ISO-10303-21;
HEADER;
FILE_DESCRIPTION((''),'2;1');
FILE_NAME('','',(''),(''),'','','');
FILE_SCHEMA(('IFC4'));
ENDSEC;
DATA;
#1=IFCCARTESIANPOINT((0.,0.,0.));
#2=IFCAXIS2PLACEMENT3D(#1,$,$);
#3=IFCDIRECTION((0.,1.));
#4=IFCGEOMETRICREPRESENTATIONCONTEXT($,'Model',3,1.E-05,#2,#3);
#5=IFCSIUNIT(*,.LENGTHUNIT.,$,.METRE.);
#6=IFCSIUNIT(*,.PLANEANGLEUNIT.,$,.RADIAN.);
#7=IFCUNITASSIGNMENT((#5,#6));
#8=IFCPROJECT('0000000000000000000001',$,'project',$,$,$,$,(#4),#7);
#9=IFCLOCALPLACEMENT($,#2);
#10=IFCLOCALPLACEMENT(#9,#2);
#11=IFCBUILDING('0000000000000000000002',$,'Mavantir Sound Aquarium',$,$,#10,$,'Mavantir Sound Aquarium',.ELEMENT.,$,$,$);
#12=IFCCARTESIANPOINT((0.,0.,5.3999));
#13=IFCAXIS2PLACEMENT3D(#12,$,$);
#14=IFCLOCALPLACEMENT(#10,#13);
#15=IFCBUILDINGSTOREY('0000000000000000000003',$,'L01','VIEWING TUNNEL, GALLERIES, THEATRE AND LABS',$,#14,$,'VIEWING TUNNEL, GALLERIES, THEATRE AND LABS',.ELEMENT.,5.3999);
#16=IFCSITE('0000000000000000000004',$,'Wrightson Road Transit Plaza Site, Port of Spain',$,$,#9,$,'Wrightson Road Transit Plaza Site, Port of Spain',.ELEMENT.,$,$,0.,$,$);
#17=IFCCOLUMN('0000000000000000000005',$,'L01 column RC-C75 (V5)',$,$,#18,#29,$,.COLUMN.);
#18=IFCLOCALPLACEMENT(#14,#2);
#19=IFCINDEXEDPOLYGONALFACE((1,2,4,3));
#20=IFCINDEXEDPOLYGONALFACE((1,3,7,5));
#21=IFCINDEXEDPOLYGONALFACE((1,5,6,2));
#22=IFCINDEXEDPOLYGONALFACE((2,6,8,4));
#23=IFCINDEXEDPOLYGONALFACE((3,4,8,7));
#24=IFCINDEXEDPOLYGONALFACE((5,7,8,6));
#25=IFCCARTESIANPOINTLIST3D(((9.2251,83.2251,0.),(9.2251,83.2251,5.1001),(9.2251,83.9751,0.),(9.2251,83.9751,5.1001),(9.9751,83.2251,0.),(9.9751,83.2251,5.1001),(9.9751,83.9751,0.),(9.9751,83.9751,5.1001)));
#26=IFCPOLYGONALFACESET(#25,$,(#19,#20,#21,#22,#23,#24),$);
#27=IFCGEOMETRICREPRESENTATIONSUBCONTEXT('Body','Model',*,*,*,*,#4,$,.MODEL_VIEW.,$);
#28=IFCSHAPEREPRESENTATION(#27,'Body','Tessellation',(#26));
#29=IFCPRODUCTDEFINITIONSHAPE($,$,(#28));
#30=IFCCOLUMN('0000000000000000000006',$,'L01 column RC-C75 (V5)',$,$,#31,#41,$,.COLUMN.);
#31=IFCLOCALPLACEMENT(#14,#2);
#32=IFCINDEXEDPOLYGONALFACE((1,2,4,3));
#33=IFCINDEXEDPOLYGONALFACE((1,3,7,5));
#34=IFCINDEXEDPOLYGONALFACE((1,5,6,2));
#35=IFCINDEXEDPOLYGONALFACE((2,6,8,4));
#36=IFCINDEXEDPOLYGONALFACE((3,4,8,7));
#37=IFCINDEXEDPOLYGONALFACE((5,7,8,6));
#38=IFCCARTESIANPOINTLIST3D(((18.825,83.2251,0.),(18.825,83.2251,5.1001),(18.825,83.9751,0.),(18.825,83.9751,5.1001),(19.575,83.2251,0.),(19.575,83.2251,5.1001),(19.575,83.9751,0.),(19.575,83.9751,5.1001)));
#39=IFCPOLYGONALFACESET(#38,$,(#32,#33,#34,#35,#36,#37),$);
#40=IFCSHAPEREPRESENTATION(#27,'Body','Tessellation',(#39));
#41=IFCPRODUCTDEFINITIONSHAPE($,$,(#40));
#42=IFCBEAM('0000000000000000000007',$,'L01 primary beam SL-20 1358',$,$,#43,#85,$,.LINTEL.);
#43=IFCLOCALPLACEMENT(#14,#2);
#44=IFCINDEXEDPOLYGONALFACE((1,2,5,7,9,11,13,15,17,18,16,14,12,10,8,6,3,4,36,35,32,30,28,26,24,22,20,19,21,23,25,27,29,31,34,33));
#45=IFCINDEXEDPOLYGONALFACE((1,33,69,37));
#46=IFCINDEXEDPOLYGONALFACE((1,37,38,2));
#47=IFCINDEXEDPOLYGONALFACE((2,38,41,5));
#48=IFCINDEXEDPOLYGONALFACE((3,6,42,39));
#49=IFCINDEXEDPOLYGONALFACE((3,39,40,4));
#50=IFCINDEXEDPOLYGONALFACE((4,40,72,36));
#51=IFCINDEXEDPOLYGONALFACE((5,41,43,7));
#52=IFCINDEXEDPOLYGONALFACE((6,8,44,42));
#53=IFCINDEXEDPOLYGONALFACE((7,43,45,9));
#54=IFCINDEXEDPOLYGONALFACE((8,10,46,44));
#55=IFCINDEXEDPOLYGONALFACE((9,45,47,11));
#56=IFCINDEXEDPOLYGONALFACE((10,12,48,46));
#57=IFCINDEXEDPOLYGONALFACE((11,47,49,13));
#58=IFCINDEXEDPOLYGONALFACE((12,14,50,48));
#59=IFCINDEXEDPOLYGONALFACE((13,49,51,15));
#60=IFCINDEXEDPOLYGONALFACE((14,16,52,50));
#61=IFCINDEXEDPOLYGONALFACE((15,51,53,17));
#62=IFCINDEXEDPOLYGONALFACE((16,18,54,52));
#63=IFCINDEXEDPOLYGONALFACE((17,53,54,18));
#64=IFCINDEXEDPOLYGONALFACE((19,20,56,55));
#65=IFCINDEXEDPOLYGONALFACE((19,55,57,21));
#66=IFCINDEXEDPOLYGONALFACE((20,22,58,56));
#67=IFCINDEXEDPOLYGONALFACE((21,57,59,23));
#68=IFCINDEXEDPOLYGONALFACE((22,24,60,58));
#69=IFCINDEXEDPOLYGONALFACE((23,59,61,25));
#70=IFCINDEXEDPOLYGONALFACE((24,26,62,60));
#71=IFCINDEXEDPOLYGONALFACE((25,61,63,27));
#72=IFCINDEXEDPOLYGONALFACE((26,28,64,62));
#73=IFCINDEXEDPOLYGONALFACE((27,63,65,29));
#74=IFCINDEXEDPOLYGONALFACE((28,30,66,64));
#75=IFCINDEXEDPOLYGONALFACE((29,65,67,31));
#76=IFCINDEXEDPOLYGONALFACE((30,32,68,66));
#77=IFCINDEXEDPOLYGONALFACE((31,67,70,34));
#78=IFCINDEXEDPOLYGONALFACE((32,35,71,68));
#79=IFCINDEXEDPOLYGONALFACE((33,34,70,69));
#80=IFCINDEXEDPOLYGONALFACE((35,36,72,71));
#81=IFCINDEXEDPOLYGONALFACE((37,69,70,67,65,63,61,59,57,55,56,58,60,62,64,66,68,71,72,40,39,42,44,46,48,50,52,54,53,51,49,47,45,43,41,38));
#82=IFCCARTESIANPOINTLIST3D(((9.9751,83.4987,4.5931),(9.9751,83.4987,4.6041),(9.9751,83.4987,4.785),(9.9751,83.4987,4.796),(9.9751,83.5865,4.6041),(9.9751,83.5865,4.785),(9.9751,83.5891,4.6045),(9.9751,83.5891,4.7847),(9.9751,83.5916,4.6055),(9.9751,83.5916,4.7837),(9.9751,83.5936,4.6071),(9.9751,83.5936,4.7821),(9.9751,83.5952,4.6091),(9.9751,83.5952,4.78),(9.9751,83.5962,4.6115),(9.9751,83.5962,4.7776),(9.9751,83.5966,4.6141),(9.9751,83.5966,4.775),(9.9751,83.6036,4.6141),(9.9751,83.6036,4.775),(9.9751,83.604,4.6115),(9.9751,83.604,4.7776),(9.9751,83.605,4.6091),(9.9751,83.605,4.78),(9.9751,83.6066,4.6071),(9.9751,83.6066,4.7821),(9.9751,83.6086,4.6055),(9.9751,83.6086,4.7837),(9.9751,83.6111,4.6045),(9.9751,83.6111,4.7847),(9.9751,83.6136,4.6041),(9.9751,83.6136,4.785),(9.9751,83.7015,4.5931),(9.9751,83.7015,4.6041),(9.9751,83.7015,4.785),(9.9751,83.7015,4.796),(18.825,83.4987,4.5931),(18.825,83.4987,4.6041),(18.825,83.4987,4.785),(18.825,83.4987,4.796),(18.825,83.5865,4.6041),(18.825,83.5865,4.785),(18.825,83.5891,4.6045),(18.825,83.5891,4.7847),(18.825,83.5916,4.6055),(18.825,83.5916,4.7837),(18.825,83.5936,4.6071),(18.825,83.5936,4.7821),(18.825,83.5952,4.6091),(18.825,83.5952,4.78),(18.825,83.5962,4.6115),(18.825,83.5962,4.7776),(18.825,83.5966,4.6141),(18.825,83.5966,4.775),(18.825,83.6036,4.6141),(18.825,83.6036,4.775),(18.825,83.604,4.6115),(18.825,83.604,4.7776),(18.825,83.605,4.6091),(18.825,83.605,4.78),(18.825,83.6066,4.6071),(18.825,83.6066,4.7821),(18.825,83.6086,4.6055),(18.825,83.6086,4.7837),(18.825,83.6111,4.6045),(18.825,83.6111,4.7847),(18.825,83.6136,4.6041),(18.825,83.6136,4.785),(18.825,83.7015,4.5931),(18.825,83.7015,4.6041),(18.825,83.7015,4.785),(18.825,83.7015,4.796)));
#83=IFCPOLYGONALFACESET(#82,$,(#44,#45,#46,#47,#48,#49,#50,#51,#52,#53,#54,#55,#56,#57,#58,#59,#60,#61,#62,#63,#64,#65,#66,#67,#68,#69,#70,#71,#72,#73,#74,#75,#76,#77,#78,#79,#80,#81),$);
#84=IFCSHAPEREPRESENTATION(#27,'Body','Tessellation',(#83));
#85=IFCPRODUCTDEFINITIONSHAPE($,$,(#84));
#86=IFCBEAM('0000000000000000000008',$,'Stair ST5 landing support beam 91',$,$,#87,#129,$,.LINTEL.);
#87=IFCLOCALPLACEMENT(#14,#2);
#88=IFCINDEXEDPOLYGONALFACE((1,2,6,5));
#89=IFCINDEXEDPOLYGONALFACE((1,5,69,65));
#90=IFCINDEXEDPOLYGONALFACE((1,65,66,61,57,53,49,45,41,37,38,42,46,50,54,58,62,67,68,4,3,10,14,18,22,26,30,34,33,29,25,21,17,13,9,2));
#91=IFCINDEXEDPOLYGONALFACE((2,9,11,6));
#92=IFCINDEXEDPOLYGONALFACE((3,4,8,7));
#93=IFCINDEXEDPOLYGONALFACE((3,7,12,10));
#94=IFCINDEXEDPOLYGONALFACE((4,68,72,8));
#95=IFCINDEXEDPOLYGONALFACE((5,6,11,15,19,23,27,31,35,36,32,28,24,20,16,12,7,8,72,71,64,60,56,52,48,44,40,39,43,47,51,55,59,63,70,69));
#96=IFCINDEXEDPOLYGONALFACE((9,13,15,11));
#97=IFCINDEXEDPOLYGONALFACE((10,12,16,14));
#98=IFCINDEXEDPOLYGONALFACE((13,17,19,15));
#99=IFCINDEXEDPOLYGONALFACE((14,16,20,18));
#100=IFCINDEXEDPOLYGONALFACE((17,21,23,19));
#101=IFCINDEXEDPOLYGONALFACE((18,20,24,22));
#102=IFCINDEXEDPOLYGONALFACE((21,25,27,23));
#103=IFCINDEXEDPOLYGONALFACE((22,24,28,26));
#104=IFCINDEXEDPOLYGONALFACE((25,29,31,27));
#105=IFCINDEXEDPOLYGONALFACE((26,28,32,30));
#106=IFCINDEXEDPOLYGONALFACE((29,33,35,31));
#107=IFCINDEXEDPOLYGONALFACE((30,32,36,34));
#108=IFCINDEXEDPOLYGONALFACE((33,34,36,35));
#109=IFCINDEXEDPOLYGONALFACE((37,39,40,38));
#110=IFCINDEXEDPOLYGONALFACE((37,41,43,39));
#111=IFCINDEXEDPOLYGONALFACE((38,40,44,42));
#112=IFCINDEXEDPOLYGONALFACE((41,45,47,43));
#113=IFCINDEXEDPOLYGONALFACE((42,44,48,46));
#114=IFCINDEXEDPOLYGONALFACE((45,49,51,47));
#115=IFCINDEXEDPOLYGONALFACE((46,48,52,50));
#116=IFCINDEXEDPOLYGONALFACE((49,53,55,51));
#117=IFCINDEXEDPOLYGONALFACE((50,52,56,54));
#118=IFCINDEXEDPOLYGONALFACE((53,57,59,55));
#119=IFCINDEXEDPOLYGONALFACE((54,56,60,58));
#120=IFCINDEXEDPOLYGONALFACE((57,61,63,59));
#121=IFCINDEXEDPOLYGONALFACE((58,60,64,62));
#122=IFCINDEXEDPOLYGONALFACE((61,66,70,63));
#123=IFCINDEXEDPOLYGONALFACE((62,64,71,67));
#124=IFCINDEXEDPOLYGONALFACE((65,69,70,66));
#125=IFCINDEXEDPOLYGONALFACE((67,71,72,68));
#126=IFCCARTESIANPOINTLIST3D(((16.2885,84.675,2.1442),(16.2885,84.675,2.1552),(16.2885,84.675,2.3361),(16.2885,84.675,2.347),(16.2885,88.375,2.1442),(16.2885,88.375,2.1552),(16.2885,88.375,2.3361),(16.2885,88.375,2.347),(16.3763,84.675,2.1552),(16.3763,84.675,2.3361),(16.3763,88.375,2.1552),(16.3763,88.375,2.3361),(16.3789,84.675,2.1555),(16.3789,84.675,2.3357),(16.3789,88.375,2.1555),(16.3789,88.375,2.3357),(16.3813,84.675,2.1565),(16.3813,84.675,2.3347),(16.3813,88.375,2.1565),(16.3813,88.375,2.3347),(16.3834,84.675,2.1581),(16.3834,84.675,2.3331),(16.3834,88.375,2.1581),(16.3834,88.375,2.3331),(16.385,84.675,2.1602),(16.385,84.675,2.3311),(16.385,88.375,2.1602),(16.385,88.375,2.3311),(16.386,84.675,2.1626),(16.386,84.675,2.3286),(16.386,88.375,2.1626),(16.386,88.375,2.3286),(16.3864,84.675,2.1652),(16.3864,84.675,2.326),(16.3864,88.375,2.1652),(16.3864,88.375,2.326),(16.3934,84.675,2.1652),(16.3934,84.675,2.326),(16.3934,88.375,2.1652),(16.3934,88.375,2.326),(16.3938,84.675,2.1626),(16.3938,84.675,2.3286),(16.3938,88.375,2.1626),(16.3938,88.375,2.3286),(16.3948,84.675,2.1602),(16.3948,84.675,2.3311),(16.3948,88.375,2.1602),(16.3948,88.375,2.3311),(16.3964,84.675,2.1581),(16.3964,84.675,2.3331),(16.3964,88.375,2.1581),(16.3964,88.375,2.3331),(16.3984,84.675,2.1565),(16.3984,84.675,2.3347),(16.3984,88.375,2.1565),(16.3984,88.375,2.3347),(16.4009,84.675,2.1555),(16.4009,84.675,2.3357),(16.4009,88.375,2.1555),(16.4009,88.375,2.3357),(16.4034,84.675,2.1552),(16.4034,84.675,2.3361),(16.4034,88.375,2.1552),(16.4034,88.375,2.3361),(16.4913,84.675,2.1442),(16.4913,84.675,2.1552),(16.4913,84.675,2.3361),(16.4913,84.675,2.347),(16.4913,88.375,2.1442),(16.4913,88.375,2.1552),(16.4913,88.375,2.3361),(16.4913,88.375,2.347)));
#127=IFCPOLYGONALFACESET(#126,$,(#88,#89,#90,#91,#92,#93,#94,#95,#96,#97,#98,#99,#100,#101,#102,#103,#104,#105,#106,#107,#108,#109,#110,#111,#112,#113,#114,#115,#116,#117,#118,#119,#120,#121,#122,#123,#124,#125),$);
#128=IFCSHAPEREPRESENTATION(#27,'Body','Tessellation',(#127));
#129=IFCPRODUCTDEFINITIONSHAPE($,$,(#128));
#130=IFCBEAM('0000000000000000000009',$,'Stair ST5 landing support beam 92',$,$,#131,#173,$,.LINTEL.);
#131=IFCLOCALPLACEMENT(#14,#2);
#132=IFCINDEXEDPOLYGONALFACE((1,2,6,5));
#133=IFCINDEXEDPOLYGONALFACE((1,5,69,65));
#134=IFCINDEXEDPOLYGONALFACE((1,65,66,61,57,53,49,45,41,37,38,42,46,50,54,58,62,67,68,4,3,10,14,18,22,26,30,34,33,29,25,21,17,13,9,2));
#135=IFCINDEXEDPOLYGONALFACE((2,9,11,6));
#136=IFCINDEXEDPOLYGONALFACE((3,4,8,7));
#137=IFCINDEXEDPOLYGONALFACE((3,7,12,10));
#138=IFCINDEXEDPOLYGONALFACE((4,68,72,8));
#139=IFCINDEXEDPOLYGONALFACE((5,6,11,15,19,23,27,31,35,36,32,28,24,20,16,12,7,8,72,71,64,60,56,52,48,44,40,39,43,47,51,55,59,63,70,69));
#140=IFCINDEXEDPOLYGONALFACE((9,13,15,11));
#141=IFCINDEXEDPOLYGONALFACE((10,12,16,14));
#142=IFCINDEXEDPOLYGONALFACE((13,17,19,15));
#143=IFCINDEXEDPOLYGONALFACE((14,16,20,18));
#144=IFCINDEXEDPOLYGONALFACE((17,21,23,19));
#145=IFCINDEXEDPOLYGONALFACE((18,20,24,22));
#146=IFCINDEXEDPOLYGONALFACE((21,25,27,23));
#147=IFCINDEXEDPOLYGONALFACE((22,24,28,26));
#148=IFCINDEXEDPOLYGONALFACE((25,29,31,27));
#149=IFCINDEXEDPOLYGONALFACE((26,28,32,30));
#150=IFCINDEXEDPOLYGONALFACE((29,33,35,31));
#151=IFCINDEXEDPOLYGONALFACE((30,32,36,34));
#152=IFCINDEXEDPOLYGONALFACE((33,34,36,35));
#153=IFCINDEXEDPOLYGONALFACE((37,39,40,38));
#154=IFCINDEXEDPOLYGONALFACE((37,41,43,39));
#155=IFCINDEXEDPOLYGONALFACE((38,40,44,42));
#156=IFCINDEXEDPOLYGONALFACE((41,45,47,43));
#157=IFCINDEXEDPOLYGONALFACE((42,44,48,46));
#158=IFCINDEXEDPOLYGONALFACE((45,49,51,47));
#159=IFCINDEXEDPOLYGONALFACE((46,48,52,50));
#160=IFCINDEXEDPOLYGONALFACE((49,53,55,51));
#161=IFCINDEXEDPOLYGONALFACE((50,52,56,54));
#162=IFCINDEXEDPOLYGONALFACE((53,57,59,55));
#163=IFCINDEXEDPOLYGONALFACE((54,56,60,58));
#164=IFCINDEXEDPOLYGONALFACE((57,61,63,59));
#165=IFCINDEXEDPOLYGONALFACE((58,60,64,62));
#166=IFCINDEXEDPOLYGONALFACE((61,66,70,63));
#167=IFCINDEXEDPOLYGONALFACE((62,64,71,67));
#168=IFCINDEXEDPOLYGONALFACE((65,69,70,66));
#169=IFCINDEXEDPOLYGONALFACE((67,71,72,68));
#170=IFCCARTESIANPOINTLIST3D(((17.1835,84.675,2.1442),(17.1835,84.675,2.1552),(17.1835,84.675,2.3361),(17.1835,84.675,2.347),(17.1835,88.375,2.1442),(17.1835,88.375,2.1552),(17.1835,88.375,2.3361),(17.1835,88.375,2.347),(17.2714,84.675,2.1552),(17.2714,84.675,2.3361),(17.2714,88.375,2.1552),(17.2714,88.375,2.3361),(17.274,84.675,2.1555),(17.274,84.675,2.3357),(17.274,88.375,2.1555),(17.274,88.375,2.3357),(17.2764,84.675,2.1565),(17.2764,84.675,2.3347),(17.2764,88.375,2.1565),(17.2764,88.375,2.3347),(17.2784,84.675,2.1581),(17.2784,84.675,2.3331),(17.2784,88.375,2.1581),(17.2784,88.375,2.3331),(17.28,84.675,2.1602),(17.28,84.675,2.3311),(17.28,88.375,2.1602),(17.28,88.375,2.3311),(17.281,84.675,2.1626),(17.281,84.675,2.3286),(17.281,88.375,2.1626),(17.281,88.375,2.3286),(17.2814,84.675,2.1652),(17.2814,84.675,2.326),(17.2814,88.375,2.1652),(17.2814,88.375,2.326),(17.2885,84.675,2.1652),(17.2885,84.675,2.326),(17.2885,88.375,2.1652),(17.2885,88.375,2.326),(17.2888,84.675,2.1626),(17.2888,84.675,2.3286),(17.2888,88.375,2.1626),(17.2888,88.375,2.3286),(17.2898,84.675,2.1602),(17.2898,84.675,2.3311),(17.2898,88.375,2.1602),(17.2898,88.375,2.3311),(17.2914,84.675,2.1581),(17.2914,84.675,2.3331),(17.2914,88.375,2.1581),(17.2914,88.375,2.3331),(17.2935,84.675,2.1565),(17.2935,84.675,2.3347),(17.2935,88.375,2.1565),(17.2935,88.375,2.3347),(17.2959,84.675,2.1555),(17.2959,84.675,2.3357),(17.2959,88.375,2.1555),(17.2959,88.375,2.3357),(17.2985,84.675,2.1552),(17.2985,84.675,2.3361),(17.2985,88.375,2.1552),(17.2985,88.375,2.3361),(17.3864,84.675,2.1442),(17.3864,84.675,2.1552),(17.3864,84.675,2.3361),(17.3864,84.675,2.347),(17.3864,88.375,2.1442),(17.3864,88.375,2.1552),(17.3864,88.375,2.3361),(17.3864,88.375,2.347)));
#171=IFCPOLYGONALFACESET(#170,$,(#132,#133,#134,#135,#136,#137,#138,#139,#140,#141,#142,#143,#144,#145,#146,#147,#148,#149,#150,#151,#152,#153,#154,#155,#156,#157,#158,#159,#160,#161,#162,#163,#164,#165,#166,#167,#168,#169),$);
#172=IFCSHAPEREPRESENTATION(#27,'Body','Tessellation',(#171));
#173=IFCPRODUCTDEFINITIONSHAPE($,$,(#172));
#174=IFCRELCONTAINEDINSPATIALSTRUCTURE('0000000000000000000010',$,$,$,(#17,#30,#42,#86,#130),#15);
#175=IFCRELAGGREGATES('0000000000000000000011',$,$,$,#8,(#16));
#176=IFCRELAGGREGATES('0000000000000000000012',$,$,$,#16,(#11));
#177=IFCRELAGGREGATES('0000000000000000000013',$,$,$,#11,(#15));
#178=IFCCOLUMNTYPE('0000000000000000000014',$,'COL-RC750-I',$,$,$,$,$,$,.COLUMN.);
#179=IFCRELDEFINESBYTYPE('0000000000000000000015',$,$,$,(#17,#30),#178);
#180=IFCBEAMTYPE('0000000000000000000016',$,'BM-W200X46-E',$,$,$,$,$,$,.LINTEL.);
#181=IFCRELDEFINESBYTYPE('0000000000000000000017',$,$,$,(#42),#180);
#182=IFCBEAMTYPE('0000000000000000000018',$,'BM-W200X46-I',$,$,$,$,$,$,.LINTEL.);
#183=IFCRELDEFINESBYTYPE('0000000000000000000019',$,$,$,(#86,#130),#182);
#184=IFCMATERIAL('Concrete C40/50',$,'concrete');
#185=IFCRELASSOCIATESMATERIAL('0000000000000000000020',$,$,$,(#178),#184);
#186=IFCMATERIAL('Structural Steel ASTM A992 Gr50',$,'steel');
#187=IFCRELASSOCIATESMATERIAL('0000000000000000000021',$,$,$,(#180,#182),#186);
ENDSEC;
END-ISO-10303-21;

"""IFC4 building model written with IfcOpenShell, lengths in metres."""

from ifc_helpers import new_model, si_unit, direction, frame, origin, origin_2d, place, context, subcontext, project, spatial, rectangle, i_section, extrude, material, material_profile, profile_set, type_object, element, save


model = new_model("IFC4")

# Units and contexts
model_context = context("Model", 3, precision=1e-05, world=origin(), true_north=direction((0.0, 1.0)))
body_context = subcontext(model_context, "Body", "Model", "MODEL_VIEW")
ifc_project = project(units=[si_unit("LENGTHUNIT", "METRE"), si_unit("PLANEANGLEUNIT", "RADIAN")], contexts=[model_context])

# Site, building, storey
site_placement = place(None, origin())
site = spatial("IfcSite", under=ifc_project, at=site_placement, Name="Wrightson Road Transit Plaza Site, Port of Spain", LongName="Wrightson Road Transit Plaza Site, Port of Spain", CompositionType="ELEMENT", RefElevation=0.0)
building_placement = place(site_placement, origin())
building = spatial("IfcBuilding", under=site, at=building_placement, Name="Mavantir Sound Aquarium", LongName="Mavantir Sound Aquarium", CompositionType="ELEMENT")
storey_placement = place(building_placement, frame((0.0, 0.0, 5.3999)))
storey = spatial("IfcBuildingStorey", under=building, at=storey_placement, Name="L01", Description="VIEWING TUNNEL, GALLERIES, THEATRE AND LABS", LongName="VIEWING TUNNEL, GALLERIES, THEATRE AND LABS", CompositionType="ELEMENT", Elevation=5.3999)

# Columns
ifc_material_1 = material(Name="Concrete C40/50", Category="concrete")
ifc_material_profile_1 = material_profile(ifc_material_1, rectangle(XDim=0.75, YDim=0.75, at=origin_2d()), Name="RC 750X750")
ifc_profile_set_1 = profile_set([ifc_material_profile_1], Name="Concrete C40/50")
column_type = type_object("IfcColumnType", Name="COL-RC750-I", PredefinedType="COLUMN", material=ifc_profile_set_1)
for number, where, z_axis, x_axis, name in (
    (1, (9.6001, 83.6001, 0.0), (0.0, 0.0, 1.0), (1.0, 0.0, 0.0), "L01 column RC-C75 (V5)"),
    (2, (19.2, 83.6001, 0.0), (0.0, 0.0, 1.0), (1.0, 0.0, 0.0), "L01 column RC-C75 (V5)"),
):
    element("IfcColumn", number, at=place(storey_placement, frame(where, z_axis=z_axis, x_axis=x_axis)), inside=storey, type_object=column_type, Name=name, PredefinedType="COLUMN", context=body_context, shape_type="SweptSolid", body=[
        extrude(rectangle(XDim=0.75, YDim=0.75, at=origin_2d()), origin(), (0.0, 0.0, 1.0), 5.1001),
    ])

# Beams
ifc_material_2 = material(Name="Structural Steel ASTM A992 Gr50", Category="steel")
ifc_material_profile_2 = material_profile(ifc_material_2, i_section(OverallWidth=0.2029, OverallDepth=0.2029, WebThickness=0.0071, FlangeThickness=0.011, FilletRadius=0.01, at=origin_2d()), Name="W200X46")
ifc_profile_set_2 = profile_set([ifc_material_profile_2], Name="Structural Steel ASTM A992 Gr50")
beam_type_1 = type_object("IfcBeamType", Name="BM-W200X46-E", PredefinedType="LINTEL", material=ifc_profile_set_2)
beam_1_placement = place(storey_placement, frame((9.9751, 83.6001, 4.6946), z_axis=(1.0, 0.0, 0.0), x_axis=(0.0, 1.0, 0.0)))
element("IfcBeam", 3, at=beam_1_placement, inside=storey, type_object=beam_type_1, Name="L01 primary beam SL-20 1358", PredefinedType="LINTEL", context=body_context, shape_type="SweptSolid", body=[
    extrude(i_section(OverallWidth=0.2029, OverallDepth=0.2029, WebThickness=0.0071, FlangeThickness=0.011, FilletRadius=0.01, at=origin_2d()), origin(), (0.0, 0.0, 1.0), 8.8499),
])
ifc_material_profile_3 = material_profile(ifc_material_2, i_section(OverallWidth=0.2029, OverallDepth=0.2029, WebThickness=0.0071, FlangeThickness=0.011, FilletRadius=0.01, at=origin_2d()), Name="W200X46")
ifc_profile_set_3 = profile_set([ifc_material_profile_3], Name="Structural Steel ASTM A992 Gr50")
beam_type_2 = type_object("IfcBeamType", Name="BM-W200X46-I", PredefinedType="LINTEL", material=ifc_profile_set_3)
for number, where, z_axis, x_axis, name in (
    (4, (16.3899, 84.675, 2.2456), (0.0, 1.0, 0.0), (-1.0, 0.0, 0.0), "Stair ST5 landing support beam 91"),
    (5, (17.2849, 84.675, 2.2456), (0.0, 1.0, 0.0), (-1.0, 0.0, 0.0), "Stair ST5 landing support beam 92"),
):
    element("IfcBeam", number, at=place(storey_placement, frame(where, z_axis=z_axis, x_axis=x_axis)), inside=storey, type_object=beam_type_2, Name=name, PredefinedType="LINTEL", context=body_context, shape_type="SweptSolid", body=[
        extrude(i_section(OverallWidth=0.2029, OverallDepth=0.2029, WebThickness=0.0071, FlangeThickness=0.011, FilletRadius=0.01, at=origin_2d()), origin(), (0.0, 0.0, 1.0), 3.7),
    ])

save(model, "model.ifc")
